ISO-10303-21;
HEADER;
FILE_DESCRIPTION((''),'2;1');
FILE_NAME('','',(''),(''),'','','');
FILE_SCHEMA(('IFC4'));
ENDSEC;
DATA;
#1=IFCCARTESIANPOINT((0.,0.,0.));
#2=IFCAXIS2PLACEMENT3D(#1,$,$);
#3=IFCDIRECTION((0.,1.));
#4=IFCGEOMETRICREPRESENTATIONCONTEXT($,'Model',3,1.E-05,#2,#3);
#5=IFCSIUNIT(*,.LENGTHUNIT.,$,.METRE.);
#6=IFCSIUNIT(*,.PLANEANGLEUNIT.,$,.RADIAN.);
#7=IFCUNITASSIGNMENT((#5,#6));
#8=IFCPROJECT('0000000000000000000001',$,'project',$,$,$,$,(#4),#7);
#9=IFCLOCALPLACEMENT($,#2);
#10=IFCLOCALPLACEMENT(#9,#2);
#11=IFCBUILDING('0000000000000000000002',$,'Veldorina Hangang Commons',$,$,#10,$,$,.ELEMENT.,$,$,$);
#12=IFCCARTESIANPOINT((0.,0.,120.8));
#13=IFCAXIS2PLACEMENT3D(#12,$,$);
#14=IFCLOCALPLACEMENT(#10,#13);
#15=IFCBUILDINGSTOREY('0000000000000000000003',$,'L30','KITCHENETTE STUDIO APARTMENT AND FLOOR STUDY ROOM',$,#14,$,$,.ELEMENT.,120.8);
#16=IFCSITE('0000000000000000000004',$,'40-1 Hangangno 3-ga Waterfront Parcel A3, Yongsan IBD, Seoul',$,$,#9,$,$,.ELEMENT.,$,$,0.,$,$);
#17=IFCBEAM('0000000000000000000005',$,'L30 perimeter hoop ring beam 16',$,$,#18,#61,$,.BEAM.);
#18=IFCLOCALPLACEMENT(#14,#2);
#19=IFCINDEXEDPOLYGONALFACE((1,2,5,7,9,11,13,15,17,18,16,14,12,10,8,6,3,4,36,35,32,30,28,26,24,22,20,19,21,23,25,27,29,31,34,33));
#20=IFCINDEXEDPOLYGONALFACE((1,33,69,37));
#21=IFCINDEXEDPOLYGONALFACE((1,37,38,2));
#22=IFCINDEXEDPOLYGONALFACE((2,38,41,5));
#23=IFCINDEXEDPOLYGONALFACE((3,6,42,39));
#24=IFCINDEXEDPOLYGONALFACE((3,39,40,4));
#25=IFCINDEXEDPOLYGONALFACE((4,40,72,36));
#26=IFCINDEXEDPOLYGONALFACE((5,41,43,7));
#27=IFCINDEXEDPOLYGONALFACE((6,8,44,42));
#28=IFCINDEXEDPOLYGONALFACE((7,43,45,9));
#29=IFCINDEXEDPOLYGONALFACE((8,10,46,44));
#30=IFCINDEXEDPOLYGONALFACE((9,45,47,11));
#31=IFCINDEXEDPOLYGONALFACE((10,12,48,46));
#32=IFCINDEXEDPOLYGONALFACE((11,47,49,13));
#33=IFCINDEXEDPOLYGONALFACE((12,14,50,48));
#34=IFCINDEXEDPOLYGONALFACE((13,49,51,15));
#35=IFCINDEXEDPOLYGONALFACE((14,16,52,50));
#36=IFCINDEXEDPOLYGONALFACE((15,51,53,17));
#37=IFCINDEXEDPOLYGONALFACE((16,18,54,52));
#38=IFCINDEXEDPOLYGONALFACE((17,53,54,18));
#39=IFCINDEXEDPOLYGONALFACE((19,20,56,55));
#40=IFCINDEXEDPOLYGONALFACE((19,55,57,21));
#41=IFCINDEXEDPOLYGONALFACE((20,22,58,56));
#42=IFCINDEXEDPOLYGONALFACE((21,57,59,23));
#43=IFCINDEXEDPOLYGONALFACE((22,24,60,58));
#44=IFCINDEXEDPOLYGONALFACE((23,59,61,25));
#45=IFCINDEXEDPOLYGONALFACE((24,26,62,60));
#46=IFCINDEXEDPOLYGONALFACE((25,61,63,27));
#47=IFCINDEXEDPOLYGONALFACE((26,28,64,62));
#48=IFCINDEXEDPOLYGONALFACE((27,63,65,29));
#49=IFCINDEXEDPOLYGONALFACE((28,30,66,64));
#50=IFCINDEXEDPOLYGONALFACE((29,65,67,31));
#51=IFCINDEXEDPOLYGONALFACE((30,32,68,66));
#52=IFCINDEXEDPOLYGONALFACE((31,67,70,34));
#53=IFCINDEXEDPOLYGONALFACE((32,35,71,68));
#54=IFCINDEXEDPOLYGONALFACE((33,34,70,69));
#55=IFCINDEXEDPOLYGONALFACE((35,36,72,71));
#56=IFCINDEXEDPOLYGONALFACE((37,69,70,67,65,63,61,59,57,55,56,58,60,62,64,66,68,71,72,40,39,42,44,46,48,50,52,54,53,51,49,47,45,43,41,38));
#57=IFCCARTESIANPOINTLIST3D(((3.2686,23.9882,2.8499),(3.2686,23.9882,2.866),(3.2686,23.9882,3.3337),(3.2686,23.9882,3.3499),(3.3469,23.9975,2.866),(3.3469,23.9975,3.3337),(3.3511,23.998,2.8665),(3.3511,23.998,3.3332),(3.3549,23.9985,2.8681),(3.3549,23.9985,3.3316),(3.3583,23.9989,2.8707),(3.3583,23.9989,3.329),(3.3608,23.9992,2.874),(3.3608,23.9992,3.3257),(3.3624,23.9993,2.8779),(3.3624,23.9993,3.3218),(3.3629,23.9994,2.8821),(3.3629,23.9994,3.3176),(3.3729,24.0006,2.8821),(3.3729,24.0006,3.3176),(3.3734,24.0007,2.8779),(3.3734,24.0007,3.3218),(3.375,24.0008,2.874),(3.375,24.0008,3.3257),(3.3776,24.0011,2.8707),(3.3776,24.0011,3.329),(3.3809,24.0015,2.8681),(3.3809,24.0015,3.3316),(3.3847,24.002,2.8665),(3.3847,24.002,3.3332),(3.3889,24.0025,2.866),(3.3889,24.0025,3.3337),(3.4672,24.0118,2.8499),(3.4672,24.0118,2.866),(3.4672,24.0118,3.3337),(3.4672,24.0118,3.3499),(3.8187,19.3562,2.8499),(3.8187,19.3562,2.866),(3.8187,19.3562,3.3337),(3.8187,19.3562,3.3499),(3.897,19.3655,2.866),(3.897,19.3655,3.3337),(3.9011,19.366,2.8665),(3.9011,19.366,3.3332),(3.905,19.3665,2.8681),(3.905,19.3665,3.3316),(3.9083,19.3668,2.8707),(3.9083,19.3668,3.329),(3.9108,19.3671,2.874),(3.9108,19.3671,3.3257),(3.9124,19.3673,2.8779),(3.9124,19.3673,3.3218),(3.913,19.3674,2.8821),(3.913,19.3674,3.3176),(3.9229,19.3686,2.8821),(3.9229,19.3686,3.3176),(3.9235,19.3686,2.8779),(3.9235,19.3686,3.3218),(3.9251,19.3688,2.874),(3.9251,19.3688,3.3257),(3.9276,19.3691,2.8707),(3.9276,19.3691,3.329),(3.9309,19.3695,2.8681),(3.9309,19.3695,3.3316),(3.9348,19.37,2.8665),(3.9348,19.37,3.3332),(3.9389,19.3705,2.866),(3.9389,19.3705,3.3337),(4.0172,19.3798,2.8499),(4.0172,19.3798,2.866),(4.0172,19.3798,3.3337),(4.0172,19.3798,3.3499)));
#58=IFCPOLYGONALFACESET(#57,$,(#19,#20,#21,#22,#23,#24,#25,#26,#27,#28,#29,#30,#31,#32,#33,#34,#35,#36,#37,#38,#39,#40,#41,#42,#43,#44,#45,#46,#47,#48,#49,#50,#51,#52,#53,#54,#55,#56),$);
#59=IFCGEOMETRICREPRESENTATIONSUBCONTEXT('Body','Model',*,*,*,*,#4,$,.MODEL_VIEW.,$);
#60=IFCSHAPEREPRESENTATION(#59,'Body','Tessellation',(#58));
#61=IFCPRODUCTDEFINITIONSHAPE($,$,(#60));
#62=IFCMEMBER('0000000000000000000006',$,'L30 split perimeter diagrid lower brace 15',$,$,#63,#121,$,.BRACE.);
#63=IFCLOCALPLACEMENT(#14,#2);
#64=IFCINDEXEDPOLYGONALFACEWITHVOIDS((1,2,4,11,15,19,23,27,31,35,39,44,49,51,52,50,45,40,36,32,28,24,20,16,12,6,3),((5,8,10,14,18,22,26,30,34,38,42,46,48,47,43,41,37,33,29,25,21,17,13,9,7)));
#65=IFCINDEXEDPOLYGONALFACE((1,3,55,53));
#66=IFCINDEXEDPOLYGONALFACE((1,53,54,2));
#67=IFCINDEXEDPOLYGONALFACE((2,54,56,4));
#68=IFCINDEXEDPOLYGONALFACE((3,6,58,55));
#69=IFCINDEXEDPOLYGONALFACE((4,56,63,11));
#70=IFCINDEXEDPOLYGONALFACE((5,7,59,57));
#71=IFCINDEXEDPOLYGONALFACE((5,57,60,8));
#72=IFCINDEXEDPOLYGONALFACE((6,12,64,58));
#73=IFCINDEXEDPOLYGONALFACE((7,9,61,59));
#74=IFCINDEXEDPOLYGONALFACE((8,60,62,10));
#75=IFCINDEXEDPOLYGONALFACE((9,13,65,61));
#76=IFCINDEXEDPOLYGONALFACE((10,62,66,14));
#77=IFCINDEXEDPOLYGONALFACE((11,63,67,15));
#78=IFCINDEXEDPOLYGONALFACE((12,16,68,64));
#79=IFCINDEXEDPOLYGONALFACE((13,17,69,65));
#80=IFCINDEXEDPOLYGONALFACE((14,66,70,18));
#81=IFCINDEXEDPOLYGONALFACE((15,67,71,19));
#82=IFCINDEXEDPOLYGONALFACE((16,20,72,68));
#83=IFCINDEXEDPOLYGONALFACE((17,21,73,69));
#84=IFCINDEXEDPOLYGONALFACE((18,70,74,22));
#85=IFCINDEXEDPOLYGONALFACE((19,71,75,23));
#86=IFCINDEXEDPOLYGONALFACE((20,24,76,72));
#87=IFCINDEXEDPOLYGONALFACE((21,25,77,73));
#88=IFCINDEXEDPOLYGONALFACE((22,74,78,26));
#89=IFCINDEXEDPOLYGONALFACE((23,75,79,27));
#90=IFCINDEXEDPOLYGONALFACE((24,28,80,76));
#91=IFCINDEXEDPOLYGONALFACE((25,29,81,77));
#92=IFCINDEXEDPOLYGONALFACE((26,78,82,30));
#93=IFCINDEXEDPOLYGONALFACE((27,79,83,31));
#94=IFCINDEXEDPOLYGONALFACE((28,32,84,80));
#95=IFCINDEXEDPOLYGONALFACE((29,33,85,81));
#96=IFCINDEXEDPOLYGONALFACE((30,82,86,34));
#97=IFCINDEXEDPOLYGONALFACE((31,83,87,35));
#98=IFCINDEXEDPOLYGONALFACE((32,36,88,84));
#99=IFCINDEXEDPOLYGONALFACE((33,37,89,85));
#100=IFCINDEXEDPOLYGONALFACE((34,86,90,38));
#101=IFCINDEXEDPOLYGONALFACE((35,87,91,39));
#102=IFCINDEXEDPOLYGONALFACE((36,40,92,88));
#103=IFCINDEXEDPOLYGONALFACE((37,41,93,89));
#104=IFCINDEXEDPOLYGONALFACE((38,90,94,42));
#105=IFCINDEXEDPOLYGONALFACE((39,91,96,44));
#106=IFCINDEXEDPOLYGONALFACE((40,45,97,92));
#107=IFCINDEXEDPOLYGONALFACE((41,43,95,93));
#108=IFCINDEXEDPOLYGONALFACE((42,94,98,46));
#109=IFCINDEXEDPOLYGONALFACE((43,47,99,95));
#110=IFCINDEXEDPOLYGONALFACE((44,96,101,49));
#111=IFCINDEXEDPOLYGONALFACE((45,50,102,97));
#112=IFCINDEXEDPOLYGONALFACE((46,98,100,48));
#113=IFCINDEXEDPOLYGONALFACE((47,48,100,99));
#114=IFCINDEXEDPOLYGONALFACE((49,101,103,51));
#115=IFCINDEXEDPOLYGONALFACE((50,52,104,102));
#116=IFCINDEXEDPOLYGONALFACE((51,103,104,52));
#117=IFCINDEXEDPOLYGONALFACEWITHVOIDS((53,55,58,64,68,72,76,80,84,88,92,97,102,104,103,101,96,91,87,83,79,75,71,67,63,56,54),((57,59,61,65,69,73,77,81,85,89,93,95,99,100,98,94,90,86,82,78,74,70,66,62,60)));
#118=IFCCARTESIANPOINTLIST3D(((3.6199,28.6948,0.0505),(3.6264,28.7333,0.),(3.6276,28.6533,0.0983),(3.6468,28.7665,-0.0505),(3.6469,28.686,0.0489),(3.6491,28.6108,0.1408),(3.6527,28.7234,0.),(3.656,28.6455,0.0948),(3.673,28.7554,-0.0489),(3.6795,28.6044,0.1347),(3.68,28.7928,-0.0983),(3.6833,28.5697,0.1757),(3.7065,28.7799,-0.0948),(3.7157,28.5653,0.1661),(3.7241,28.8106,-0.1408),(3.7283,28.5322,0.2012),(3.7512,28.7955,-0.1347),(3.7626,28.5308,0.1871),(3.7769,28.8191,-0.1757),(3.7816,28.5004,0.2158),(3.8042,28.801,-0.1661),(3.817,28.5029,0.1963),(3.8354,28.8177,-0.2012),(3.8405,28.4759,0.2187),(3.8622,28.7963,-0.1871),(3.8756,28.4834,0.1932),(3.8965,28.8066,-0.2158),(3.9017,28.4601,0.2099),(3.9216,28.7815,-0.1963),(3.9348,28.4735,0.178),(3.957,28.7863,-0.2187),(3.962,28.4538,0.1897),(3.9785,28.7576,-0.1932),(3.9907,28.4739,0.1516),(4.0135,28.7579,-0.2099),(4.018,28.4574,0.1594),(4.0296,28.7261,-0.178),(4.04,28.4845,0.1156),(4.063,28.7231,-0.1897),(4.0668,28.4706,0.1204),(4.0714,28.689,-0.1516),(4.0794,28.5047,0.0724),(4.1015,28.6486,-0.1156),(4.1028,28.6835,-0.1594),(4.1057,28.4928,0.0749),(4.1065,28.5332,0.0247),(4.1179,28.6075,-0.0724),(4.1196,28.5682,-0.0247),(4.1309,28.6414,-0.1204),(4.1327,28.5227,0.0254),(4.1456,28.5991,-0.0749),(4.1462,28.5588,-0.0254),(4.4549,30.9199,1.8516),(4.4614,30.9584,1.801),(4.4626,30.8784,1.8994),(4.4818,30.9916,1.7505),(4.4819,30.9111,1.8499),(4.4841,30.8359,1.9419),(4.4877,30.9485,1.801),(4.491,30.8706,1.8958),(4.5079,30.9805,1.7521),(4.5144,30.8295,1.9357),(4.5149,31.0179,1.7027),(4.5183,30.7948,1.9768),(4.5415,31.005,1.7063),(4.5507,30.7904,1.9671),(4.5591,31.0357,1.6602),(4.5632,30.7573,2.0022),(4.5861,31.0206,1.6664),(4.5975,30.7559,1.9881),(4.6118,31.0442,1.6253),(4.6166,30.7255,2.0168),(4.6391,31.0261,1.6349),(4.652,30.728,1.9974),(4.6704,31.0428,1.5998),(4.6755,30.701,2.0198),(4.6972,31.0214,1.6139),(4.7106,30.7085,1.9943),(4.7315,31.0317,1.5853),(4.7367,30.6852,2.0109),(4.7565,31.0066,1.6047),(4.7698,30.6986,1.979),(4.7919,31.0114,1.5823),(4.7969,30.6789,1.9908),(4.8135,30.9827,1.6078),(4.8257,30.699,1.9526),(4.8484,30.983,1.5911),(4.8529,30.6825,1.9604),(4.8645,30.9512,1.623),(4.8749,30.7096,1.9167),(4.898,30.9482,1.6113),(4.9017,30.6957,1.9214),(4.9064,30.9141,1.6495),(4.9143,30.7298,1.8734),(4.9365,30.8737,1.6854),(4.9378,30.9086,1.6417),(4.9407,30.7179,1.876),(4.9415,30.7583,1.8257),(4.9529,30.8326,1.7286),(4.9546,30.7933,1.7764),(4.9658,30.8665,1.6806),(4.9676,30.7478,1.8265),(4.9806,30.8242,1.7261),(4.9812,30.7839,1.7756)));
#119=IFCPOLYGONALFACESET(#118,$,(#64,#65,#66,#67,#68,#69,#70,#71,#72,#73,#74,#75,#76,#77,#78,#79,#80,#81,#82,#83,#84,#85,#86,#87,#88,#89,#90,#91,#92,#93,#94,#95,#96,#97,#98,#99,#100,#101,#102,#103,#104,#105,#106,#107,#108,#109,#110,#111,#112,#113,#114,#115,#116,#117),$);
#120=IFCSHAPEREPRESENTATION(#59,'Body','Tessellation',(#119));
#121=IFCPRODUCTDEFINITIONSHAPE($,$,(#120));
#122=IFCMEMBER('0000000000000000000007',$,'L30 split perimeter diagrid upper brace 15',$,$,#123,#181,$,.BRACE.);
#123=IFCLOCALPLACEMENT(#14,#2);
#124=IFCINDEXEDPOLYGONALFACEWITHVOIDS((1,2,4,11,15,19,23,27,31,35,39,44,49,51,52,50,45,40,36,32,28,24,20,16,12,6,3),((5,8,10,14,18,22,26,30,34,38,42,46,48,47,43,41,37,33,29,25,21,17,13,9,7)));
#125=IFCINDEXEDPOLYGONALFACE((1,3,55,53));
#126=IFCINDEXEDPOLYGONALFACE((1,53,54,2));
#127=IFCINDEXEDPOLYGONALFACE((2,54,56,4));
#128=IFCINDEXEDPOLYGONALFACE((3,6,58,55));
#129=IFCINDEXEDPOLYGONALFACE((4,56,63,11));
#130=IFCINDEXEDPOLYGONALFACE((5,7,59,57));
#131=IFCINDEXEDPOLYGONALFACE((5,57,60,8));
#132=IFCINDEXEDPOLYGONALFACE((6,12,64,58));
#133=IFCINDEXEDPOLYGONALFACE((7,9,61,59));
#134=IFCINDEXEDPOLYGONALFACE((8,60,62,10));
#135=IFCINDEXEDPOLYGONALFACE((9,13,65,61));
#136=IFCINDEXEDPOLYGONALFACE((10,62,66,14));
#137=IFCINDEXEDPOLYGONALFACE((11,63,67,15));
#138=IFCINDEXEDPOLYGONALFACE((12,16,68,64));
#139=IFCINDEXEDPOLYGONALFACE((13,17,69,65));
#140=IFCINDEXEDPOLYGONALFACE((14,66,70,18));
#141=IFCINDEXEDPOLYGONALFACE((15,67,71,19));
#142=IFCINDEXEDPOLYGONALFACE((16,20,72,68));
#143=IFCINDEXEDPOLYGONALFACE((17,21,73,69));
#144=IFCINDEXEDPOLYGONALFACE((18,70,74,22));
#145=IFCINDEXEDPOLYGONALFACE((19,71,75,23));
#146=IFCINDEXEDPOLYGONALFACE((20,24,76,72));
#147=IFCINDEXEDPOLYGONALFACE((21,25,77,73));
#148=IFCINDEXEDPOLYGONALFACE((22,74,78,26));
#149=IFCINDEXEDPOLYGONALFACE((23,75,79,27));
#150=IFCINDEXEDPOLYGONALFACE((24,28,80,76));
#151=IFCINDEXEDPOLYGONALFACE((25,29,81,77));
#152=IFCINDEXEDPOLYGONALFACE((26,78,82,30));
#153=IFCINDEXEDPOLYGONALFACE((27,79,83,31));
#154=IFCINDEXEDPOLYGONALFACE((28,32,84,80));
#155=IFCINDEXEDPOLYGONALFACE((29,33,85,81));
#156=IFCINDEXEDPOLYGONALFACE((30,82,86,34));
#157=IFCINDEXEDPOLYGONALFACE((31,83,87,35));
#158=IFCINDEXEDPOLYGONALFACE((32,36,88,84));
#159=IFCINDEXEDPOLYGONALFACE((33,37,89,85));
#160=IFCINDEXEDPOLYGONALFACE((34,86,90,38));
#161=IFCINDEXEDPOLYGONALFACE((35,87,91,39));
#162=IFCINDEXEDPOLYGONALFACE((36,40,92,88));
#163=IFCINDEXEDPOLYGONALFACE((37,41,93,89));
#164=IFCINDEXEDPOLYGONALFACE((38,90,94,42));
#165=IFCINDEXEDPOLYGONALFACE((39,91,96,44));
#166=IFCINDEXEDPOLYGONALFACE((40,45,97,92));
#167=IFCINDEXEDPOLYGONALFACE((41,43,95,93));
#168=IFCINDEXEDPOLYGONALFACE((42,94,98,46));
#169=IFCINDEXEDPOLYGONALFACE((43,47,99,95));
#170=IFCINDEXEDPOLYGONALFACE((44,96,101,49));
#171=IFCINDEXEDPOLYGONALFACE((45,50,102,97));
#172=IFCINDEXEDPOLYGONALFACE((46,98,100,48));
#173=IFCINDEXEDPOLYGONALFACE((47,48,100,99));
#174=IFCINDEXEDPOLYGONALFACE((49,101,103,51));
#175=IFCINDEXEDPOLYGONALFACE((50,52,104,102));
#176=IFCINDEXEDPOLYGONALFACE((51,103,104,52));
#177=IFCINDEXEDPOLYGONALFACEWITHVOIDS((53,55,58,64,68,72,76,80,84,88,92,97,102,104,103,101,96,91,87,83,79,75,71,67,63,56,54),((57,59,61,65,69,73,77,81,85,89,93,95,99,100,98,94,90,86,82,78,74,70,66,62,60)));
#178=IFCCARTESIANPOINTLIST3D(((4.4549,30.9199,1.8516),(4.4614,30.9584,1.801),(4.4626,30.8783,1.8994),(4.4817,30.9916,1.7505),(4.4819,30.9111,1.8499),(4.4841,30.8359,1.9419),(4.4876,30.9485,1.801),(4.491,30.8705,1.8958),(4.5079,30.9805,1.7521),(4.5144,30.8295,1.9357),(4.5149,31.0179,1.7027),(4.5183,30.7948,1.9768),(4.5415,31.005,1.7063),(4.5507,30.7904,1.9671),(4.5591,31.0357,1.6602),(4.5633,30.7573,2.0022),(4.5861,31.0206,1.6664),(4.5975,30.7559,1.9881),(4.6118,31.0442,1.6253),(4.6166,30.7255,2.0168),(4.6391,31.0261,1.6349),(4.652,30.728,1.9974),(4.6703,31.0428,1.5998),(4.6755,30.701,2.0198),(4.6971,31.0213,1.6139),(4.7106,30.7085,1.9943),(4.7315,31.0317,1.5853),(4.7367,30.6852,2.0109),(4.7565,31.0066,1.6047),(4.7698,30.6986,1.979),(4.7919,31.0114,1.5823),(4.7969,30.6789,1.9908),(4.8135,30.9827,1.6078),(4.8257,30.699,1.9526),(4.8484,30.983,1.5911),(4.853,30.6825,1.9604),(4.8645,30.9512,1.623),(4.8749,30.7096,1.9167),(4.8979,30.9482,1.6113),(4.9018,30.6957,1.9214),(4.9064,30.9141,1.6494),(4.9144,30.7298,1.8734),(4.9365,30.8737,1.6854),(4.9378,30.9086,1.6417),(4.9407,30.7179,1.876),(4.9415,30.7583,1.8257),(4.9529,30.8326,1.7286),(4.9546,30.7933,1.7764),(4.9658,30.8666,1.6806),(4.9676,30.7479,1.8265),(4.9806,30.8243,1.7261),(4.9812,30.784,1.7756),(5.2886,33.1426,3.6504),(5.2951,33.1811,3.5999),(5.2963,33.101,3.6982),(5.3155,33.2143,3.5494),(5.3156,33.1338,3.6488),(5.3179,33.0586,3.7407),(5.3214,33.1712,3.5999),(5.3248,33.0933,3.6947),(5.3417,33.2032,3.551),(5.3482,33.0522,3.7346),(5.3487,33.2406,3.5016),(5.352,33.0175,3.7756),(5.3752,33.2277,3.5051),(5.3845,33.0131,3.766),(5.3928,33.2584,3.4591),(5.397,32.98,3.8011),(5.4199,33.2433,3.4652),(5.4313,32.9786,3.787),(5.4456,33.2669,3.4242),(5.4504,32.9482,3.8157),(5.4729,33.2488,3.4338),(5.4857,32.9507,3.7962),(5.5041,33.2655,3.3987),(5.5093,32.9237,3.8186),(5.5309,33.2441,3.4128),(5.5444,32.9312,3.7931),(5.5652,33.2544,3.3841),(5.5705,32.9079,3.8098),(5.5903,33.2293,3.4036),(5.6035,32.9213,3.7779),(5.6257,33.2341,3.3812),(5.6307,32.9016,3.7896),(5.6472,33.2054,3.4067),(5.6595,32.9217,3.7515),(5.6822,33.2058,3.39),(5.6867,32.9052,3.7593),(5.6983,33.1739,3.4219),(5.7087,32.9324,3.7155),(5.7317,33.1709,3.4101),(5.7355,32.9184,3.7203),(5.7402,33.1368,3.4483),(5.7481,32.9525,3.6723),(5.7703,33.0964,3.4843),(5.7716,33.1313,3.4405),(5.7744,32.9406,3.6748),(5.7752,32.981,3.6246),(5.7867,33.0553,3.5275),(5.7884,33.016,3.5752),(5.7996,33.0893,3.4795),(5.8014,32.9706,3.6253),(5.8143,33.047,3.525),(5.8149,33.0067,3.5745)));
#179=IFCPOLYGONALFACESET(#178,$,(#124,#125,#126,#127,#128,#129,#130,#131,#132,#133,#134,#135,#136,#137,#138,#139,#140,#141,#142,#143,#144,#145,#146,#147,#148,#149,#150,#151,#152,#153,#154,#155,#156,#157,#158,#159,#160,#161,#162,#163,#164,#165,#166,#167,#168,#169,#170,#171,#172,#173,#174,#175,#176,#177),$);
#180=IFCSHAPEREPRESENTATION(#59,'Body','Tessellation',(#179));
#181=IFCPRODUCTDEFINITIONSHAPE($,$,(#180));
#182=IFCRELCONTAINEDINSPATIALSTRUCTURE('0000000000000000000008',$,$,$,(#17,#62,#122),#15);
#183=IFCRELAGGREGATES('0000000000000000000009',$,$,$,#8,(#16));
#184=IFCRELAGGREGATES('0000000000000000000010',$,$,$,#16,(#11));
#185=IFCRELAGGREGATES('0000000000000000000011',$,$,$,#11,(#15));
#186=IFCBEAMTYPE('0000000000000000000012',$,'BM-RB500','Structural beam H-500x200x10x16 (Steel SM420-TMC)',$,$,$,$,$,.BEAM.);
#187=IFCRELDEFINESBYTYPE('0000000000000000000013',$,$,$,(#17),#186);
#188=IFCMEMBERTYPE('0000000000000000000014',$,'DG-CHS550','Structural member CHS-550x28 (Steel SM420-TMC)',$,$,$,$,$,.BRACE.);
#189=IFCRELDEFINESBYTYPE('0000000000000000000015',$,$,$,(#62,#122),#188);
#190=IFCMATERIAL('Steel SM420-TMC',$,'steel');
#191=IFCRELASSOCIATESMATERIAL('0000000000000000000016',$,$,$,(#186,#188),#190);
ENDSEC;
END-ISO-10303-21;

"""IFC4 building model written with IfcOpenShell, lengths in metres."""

from ifc_helpers import new_model, si_unit, direction, frame, origin, origin_2d, place, context, subcontext, project, spatial, hollow_circle, i_section, extrude, material, material_profile, profile_set, type_object, element, save


model = new_model("IFC4")

# Units and contexts
model_context = context("Model", 3, precision=1e-05, world=origin(), true_north=direction((0.0, 1.0)))
body_context = subcontext(model_context, "Body", "Model", "MODEL_VIEW")
ifc_project = project(units=[si_unit("LENGTHUNIT", "METRE"), si_unit("PLANEANGLEUNIT", "RADIAN")], contexts=[model_context])

# Site, building, storey
site_placement = place(None, origin())
site = spatial("IfcSite", under=ifc_project, at=site_placement, Name="40-1 Hangangno 3-ga Waterfront Parcel A3, Yongsan IBD, Seoul", CompositionType="ELEMENT", RefElevation=0.0)
building_placement = place(site_placement, origin())
building = spatial("IfcBuilding", under=site, at=building_placement, Name="Veldorina Hangang Commons", CompositionType="ELEMENT")
storey_placement = place(building_placement, frame((0.0, 0.0, 120.8)))
storey = spatial("IfcBuildingStorey", under=building, at=storey_placement, Name="L30", Description="KITCHENETTE STUDIO APARTMENT AND FLOOR STUDY ROOM", CompositionType="ELEMENT", Elevation=120.8)

# Beam
ifc_material_1 = material(Name="Steel SM420-TMC", Category="steel")
ifc_material_profile_1 = material_profile(ifc_material_1, i_section(OverallWidth=0.2, OverallDepth=0.5, WebThickness=0.01, FlangeThickness=0.0161, FilletRadius=0.0161, at=origin_2d()), Name="H-500x200x10x16")
ifc_profile_set_1 = profile_set([ifc_material_profile_1], Name="Steel SM420-TMC")
beam_type_1 = type_object("IfcBeamType", Name="BM-RB500", Description="Structural beam H-500x200x10x16 (Steel SM420-TMC)", PredefinedType="BEAM", material=ifc_profile_set_1)
for number, where, z_axis, x_axis, name in (
    (1, (3.3679, 24.0, 3.0999), (0.117919, -0.993023, 0.0), (0.993023, 0.117919, 0.0), "L30 perimeter hoop ring beam 16"),
):
    element("IfcBeam", number, at=place(storey_placement, frame(where, z_axis=z_axis, x_axis=x_axis)), inside=storey, type_object=beam_type_1, Name=name, PredefinedType="BEAM", context=body_context, shape_type="SweptSolid", body=[
        extrude(i_section(OverallWidth=0.2, OverallDepth=0.5, WebThickness=0.01, FlangeThickness=0.0161, FilletRadius=0.0161, at=origin_2d()), origin(), (0.0, 0.0, 1.0), 4.6646),
    ])

# Members
ifc_material_profile_2 = material_profile(ifc_material_1, hollow_circle(Radius=0.2749, WallThickness=0.0281, at=origin_2d()), Name="CHS-550x28")
ifc_profile_set_2 = profile_set([ifc_material_profile_2], Name="Steel SM420-TMC")
member_type = type_object("IfcMemberType", Name="DG-CHS550", Description="Structural member CHS-550x28 (Steel SM420-TMC)", PredefinedType="BRACE", material=ifc_profile_set_2)
member_1_placement = place(storey_placement, frame((3.8838, 28.6367, 0.0), z_axis=(0.280007, 0.746194, 0.60398), x_axis=(-0.936253, 0.351326, 0.0)))
element("IfcMember", 2, at=member_1_placement, inside=storey, type_object=member_type, Name="L30 split perimeter diagrid lower brace 15", PredefinedType="BRACE", context=body_context, shape_type="SweptSolid", body=[
    extrude(hollow_circle(Radius=0.2749, WallThickness=0.0281, at=origin_2d()), origin(), (0.0, 0.0, 1.0), 2.9819),
])
member_2_placement = place(storey_placement, frame((4.7188, 30.8618, 1.801), z_axis=(0.279925, 0.746248, 0.60395), x_axis=(-0.936295, 0.351214, 0.0)))
element("IfcMember", 3, at=member_2_placement, inside=storey, type_object=member_type, Name="L30 split perimeter diagrid upper brace 15", PredefinedType="BRACE", context=body_context, shape_type="SweptSolid", body=[
    extrude(hollow_circle(Radius=0.2749, WallThickness=0.0281, at=origin_2d()), origin(), (0.0, 0.0, 1.0), 2.9785),
])

save(model, "model.ifc")
